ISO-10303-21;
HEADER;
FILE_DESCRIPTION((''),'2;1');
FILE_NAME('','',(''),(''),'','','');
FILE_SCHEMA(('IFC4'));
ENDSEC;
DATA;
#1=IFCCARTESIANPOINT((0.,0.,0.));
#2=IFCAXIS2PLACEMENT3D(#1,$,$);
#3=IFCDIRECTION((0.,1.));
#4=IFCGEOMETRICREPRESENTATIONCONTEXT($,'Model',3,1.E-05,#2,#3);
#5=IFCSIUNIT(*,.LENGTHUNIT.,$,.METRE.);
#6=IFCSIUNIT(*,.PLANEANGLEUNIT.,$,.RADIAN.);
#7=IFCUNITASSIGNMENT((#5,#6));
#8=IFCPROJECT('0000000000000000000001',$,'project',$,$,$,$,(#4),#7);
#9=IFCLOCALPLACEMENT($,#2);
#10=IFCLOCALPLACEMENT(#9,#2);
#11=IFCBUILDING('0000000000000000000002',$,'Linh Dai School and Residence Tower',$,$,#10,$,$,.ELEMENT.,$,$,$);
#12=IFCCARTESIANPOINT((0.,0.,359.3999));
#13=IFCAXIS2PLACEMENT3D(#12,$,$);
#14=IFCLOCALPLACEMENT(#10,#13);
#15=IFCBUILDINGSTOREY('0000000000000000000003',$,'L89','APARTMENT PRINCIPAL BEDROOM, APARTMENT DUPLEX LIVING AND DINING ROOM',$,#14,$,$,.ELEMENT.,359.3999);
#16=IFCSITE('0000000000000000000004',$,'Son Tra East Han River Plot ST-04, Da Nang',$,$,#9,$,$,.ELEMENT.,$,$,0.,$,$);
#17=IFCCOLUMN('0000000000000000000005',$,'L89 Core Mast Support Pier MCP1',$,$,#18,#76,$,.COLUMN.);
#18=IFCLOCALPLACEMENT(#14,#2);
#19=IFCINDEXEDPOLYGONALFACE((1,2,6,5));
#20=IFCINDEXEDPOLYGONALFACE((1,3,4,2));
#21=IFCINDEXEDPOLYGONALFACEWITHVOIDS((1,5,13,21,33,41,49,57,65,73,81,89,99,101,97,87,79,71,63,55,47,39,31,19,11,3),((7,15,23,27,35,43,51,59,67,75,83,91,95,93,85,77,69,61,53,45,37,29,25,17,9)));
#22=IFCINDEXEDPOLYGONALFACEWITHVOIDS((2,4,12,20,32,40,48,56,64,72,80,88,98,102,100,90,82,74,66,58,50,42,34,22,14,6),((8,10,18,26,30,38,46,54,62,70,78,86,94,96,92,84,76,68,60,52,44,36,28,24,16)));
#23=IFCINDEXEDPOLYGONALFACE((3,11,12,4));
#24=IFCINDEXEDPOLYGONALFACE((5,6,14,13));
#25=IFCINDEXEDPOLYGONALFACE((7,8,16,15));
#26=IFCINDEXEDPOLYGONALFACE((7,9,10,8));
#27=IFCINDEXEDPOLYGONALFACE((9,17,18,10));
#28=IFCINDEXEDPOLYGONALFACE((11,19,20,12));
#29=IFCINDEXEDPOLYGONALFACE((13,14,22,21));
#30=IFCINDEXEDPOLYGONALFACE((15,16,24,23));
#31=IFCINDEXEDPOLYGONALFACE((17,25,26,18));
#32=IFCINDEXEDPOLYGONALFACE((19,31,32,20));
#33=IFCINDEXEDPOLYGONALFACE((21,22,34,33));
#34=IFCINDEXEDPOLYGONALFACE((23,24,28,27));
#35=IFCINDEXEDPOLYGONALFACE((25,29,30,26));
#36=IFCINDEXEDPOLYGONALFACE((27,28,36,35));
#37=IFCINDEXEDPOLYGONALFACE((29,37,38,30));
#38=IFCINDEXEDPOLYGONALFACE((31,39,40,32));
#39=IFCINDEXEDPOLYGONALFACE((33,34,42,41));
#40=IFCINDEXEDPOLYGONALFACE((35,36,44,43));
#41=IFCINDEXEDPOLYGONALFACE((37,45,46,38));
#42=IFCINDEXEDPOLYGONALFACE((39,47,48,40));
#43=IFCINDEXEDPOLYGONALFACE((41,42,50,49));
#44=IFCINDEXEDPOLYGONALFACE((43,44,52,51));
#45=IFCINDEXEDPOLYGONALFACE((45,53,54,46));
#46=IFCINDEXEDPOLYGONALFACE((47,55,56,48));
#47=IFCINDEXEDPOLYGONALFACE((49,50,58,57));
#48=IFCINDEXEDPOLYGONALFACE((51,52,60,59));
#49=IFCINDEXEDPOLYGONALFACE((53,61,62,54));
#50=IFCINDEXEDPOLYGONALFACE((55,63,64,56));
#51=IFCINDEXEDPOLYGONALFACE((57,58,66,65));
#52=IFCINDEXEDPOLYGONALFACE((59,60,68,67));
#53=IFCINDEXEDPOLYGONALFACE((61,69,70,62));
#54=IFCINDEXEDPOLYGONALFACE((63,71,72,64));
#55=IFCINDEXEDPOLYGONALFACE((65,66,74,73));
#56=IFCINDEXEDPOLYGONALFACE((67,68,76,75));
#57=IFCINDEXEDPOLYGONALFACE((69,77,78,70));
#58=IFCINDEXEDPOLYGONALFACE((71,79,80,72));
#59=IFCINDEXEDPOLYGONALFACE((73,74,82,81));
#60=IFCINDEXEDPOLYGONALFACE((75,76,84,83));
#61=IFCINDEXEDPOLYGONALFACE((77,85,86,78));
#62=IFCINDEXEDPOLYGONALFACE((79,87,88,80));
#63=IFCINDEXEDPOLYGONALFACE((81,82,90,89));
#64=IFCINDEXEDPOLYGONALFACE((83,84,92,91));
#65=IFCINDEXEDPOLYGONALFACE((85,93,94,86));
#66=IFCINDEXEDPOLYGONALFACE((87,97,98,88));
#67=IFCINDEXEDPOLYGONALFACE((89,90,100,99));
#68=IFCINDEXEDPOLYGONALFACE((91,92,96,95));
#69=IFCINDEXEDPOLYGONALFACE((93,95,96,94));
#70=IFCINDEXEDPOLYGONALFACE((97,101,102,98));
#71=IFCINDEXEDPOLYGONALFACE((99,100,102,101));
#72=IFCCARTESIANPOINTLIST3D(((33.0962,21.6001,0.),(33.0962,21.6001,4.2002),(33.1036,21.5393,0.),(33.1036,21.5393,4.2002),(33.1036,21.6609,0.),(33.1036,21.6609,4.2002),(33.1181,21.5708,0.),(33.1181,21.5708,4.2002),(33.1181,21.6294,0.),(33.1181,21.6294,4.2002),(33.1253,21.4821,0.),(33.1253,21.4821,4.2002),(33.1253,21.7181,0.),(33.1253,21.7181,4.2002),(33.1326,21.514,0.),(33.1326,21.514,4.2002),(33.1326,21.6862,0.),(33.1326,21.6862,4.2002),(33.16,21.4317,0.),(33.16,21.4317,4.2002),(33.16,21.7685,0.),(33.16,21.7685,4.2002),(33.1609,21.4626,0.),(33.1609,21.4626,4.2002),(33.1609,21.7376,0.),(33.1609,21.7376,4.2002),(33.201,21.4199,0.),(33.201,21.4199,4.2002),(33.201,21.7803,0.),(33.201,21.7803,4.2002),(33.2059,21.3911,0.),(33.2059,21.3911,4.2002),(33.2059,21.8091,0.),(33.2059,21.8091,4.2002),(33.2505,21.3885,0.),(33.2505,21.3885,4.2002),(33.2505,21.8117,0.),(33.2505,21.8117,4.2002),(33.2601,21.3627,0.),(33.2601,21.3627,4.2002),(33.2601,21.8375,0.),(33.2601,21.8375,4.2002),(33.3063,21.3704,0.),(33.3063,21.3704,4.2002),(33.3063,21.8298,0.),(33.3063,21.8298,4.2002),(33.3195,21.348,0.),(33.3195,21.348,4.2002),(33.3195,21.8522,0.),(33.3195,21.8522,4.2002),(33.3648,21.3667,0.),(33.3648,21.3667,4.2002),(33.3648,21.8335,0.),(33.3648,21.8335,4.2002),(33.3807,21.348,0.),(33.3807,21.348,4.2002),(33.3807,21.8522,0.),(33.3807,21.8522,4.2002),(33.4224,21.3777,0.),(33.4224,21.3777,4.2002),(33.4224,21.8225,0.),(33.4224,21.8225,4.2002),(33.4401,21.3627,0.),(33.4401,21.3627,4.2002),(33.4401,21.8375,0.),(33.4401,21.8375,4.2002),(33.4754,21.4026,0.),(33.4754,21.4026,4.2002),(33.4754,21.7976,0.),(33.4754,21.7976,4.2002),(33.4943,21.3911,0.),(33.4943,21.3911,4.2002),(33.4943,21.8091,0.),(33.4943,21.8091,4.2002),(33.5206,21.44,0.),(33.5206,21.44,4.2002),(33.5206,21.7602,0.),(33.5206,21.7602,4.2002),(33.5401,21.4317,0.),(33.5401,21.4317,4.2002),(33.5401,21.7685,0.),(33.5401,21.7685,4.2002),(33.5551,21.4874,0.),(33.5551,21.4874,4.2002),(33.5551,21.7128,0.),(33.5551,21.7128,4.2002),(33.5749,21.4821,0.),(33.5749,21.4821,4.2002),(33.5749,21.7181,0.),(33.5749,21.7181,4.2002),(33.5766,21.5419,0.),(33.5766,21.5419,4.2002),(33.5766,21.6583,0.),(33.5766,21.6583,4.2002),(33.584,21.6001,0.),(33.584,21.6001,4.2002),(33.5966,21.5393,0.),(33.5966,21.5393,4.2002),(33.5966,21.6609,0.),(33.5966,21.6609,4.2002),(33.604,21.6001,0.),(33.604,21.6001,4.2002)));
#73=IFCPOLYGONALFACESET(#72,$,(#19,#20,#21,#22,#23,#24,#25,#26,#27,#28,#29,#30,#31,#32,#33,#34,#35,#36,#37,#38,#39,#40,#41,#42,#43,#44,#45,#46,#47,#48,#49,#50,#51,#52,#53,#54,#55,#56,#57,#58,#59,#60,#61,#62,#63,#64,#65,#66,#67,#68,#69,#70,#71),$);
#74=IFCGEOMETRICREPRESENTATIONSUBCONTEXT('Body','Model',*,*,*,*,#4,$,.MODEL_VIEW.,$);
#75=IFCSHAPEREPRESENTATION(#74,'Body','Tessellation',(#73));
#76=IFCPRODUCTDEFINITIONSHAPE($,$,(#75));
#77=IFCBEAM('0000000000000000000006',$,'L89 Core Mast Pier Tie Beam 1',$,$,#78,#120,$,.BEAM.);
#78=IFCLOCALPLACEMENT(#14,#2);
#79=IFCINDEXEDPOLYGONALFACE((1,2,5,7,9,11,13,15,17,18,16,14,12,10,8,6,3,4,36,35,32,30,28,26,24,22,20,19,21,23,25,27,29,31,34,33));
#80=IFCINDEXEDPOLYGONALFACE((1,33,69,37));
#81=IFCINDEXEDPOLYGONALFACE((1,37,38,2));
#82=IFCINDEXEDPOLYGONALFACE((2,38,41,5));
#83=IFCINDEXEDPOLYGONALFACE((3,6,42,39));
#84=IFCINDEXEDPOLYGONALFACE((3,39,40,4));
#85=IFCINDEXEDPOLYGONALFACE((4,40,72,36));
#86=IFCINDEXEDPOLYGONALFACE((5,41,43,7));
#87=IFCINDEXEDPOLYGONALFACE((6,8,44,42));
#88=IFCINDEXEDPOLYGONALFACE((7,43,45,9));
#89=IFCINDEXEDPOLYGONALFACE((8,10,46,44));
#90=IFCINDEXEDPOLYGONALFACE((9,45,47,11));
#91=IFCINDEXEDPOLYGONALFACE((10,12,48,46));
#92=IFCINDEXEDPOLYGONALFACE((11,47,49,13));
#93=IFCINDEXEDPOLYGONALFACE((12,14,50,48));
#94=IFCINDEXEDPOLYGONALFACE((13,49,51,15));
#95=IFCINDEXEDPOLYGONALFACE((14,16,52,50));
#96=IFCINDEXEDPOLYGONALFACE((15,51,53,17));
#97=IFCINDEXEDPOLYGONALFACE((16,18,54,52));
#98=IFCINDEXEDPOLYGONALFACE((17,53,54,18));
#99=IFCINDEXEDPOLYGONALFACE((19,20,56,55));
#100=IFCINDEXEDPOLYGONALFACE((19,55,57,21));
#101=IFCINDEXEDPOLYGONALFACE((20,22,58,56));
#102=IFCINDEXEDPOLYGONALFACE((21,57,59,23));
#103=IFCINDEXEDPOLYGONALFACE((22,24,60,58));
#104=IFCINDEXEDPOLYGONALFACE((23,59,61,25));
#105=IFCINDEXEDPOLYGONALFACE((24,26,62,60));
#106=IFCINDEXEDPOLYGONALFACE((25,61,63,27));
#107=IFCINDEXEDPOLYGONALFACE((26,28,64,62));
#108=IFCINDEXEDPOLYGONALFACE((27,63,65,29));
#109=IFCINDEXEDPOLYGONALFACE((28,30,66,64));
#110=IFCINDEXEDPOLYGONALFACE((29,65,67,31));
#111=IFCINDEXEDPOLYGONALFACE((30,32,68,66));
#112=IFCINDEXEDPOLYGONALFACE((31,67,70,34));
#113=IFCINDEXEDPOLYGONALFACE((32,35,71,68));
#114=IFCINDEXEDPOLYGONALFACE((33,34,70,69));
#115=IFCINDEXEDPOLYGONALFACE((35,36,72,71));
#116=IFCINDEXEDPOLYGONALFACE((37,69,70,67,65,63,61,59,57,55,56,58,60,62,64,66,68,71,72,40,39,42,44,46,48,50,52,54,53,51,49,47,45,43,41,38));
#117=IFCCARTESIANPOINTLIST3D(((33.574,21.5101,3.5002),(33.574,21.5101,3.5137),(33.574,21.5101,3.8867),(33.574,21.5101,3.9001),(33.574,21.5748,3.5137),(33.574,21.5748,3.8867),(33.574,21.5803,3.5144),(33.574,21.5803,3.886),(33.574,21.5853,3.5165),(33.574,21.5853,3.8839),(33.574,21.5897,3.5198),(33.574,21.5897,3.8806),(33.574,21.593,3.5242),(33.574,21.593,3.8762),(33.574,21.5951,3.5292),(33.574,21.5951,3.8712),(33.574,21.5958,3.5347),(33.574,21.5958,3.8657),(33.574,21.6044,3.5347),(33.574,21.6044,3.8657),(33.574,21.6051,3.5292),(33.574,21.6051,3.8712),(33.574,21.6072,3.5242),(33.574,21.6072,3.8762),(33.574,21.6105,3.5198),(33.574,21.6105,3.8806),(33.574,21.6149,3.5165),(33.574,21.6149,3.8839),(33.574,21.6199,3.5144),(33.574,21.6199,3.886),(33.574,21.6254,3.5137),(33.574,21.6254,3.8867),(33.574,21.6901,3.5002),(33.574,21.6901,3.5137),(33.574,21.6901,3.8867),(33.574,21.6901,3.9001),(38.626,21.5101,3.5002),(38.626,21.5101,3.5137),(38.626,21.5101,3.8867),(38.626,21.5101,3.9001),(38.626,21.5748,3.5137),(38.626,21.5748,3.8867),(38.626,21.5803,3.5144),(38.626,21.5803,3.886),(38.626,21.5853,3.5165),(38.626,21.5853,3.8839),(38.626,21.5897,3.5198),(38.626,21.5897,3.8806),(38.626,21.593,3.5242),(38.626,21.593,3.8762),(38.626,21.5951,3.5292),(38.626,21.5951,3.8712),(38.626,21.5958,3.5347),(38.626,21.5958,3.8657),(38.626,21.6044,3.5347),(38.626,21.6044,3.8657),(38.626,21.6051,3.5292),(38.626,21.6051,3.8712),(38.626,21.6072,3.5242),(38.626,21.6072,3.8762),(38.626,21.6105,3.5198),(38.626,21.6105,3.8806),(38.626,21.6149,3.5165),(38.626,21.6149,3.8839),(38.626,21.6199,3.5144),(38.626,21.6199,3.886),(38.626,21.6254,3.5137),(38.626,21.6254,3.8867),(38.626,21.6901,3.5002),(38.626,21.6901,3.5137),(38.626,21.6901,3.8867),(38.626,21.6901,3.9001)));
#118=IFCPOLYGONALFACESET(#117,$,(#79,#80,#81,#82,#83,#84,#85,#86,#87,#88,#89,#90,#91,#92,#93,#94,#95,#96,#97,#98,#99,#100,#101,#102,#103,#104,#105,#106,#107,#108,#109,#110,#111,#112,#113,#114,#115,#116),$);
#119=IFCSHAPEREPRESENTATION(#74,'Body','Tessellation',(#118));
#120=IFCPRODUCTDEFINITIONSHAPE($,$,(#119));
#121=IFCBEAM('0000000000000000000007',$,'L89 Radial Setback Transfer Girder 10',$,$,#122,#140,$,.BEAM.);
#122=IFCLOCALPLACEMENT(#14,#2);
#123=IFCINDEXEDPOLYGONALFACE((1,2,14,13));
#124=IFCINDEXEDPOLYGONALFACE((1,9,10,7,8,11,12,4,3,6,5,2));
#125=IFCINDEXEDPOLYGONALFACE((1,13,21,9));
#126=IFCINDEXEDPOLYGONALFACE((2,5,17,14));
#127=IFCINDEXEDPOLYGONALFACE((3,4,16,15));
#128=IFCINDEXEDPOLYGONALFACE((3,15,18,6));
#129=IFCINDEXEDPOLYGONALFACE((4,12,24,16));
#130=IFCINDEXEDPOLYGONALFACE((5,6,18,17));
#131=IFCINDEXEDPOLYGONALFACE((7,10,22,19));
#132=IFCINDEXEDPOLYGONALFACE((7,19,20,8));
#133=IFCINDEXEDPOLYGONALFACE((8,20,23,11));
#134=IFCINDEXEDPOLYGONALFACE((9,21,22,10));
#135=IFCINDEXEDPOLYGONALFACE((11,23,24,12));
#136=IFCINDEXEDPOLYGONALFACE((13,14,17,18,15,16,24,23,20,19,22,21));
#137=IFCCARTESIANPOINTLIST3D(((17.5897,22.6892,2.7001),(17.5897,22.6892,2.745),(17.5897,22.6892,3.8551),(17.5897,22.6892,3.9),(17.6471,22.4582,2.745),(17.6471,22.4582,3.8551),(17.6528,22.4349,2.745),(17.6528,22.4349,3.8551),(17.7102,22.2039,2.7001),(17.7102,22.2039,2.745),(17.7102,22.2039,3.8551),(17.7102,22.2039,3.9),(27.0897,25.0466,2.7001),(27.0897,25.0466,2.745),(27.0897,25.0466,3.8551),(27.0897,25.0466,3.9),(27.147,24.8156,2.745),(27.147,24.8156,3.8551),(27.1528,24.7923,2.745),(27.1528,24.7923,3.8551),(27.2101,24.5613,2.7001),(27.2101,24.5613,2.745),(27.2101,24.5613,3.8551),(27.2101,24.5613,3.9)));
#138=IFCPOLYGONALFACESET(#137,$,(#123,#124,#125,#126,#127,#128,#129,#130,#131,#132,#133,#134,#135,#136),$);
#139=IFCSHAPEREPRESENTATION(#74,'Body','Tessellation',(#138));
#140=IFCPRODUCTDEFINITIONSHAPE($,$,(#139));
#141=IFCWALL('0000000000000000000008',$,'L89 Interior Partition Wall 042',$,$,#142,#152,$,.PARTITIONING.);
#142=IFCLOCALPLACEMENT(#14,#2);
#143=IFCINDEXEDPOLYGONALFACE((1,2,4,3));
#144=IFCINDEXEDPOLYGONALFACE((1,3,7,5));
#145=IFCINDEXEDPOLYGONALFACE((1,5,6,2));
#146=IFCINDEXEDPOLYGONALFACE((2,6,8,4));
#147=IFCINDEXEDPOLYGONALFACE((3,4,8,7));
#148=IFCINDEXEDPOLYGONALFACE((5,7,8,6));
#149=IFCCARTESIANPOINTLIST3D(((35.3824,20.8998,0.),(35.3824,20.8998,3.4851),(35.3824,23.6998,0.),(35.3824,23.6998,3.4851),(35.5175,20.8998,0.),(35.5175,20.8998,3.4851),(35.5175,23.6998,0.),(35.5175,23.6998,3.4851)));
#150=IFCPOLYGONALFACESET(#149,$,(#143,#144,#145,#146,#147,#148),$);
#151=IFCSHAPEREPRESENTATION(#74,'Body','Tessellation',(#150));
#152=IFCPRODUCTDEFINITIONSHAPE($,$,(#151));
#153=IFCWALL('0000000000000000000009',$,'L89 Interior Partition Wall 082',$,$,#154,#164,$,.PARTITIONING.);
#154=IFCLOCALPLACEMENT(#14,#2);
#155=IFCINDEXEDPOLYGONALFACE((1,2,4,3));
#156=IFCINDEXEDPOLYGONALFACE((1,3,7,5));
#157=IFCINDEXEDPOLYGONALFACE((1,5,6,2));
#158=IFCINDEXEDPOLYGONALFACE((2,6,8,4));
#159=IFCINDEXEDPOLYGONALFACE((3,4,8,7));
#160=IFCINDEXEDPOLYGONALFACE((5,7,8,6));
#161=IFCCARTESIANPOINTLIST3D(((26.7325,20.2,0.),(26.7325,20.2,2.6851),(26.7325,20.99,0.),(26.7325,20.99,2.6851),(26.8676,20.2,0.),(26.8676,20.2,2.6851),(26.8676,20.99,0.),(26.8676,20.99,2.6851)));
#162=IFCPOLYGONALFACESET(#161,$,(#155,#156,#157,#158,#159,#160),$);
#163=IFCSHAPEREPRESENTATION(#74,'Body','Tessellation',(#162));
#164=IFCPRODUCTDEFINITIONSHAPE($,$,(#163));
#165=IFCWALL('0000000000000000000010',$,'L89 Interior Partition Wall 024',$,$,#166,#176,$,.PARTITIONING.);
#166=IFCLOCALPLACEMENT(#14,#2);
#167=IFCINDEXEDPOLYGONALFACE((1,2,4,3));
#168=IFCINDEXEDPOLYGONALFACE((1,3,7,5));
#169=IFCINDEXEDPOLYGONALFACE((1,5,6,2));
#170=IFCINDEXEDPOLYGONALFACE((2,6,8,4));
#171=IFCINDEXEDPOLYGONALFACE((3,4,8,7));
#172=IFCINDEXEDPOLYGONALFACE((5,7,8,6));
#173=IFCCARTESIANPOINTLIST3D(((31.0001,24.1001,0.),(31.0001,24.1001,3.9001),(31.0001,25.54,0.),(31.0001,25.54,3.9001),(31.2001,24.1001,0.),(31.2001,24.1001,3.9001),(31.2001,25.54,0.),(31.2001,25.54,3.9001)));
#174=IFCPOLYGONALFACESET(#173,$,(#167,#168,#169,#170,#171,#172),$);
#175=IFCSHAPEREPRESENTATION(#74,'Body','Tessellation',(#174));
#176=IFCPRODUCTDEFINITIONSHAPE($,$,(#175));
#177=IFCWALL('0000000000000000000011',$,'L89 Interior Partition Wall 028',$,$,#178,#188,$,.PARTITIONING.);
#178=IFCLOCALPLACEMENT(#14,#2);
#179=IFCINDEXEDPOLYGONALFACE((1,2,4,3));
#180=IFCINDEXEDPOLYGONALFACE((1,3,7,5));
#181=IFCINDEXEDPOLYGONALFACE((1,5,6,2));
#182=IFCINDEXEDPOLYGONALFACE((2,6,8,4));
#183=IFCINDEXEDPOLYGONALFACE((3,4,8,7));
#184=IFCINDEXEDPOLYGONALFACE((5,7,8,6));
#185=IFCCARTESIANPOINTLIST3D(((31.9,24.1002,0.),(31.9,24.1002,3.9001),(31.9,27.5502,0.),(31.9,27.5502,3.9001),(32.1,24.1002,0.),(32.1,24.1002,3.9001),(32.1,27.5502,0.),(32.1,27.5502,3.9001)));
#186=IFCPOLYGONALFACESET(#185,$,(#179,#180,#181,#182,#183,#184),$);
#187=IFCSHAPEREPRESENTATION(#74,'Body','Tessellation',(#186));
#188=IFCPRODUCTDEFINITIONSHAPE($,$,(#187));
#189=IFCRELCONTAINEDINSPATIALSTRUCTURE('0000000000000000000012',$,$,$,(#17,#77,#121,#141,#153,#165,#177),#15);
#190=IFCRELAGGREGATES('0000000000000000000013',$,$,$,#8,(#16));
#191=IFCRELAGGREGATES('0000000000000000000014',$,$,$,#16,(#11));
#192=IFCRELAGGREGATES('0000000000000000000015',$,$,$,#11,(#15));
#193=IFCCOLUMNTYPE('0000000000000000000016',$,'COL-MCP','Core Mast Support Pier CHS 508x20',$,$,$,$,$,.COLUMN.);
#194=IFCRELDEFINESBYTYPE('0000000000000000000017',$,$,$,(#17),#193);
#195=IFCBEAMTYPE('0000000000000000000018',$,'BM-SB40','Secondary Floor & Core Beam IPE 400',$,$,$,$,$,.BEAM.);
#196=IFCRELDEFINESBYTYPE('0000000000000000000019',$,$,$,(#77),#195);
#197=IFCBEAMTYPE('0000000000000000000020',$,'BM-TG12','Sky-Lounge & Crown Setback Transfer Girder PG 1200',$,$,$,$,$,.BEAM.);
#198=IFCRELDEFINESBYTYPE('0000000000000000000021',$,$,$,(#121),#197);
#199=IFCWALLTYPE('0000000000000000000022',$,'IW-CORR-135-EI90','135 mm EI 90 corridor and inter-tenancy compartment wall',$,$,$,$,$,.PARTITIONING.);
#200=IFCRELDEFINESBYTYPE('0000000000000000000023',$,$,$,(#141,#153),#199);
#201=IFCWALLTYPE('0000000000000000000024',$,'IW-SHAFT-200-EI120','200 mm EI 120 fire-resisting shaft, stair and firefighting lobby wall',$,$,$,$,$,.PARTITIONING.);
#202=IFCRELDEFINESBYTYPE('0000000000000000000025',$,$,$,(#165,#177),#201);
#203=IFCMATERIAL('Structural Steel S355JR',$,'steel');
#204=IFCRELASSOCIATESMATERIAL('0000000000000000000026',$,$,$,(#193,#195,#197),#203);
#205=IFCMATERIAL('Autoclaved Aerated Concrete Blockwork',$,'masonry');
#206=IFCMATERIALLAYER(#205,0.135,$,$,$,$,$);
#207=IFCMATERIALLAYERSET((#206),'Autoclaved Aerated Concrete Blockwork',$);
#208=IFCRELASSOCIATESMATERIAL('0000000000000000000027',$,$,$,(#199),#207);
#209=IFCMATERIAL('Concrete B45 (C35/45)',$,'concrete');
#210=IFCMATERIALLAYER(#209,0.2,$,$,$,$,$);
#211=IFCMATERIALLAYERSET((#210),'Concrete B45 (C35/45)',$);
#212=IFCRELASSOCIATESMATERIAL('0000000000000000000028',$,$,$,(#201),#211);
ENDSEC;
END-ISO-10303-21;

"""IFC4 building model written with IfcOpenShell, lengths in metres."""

from ifc_helpers import new_model, si_unit, direction, frame, frame_2d, origin, origin_2d, place, context, subcontext, project, spatial, rectangle, hollow_circle, i_section, extrude, material, layer, layer_set, material_profile, profile_set, type_object, element, save


model = new_model("IFC4")

# Units and contexts
model_context = context("Model", 3, precision=1e-05, world=origin(), true_north=direction((0.0, 1.0)))
body_context = subcontext(model_context, "Body", "Model", "MODEL_VIEW")
ifc_project = project(units=[si_unit("LENGTHUNIT", "METRE"), si_unit("PLANEANGLEUNIT", "RADIAN")], contexts=[model_context])

# Site, building, storey
site_placement = place(None, origin())
site = spatial("IfcSite", under=ifc_project, at=site_placement, Name="Son Tra East Han River Plot ST-04, Da Nang", CompositionType="ELEMENT", RefElevation=0.0)
building_placement = place(site_placement, origin())
building = spatial("IfcBuilding", under=site, at=building_placement, Name="Linh Dai School and Residence Tower", CompositionType="ELEMENT")
storey_placement = place(building_placement, frame((0.0, 0.0, 359.3999)))
storey = spatial("IfcBuildingStorey", under=building, at=storey_placement, Name="L89", Description="APARTMENT PRINCIPAL BEDROOM, APARTMENT DUPLEX LIVING AND DINING ROOM", CompositionType="ELEMENT", Elevation=359.3999)

# Column
ifc_material_1 = material(Name="Structural Steel S355JR", Category="steel")
ifc_material_profile_1 = material_profile(ifc_material_1, hollow_circle(Radius=0.2539, WallThickness=0.02, at=origin_2d()), Name="CHS 508x20")
ifc_profile_set_1 = profile_set([ifc_material_profile_1], Name="Structural Steel S355JR")
column_type = type_object("IfcColumnType", Name="COL-MCP", Description="Core Mast Support Pier CHS 508x20", PredefinedType="COLUMN", material=ifc_profile_set_1)
column_placement = place(storey_placement, frame((33.3501, 21.6001, 0.0), z_axis=(0.0, 0.0, 1.0), x_axis=(1.0, 0.0, 0.0)))
element("IfcColumn", 1, at=column_placement, inside=storey, type_object=column_type, Name="L89 Core Mast Support Pier MCP1", PredefinedType="COLUMN", context=body_context, shape_type="SweptSolid", body=[
    extrude(hollow_circle(Radius=0.2539, WallThickness=0.02, at=origin_2d()), origin(), (0.0, 0.0, 1.0), 4.2002),
])

# Beams
ifc_material_profile_2 = material_profile(ifc_material_1, i_section(OverallWidth=0.1799, OverallDepth=0.3999, WebThickness=0.0085, FlangeThickness=0.0134, FilletRadius=0.021, at=origin_2d()), Name="IPE 400")
ifc_profile_set_2 = profile_set([ifc_material_profile_2], Name="Structural Steel S355JR")
beam_type_1 = type_object("IfcBeamType", Name="BM-SB40", Description="Secondary Floor & Core Beam IPE 400", PredefinedType="BEAM", material=ifc_profile_set_2)
beam_1_placement = place(storey_placement, frame((33.574, 21.6001, 3.7002), z_axis=(1.0, 0.0, 0.0), x_axis=(0.0, 1.0, 0.0)))
element("IfcBeam", 2, at=beam_1_placement, inside=storey, type_object=beam_type_1, Name="L89 Core Mast Pier Tie Beam 1", PredefinedType="BEAM", context=body_context, shape_type="SweptSolid", body=[
    extrude(i_section(OverallWidth=0.1799, OverallDepth=0.3999, WebThickness=0.0085, FlangeThickness=0.0134, FilletRadius=0.021, at=origin_2d()), origin(), (0.0, 0.0, 1.0), 5.052),
])
ifc_material_profile_3 = material_profile(ifc_material_1, i_section(OverallWidth=0.5, OverallDepth=1.2, WebThickness=0.0239, FlangeThickness=0.0449, at=origin_2d()), Name="PG 1200x500x24x45")
ifc_profile_set_3 = profile_set([ifc_material_profile_3], Name="Structural Steel S355JR")
beam_type_2 = type_object("IfcBeamType", Name="BM-TG12", Description="Sky-Lounge & Crown Setback Transfer Girder PG 1200", PredefinedType="BEAM", material=ifc_profile_set_3)
beam_2_placement = place(storey_placement, frame((27.1499, 24.804, 3.3), z_axis=(-0.970564, -0.240845, 0.0), x_axis=(0.240845, -0.970564, 0.0)))
element("IfcBeam", 3, at=beam_2_placement, inside=storey, type_object=beam_type_2, Name="L89 Radial Setback Transfer Girder 10", PredefinedType="BEAM", context=body_context, shape_type="SweptSolid", body=[
    extrude(i_section(OverallWidth=0.5, OverallDepth=1.2, WebThickness=0.0239, FlangeThickness=0.0449, at=origin_2d()), origin(), (0.0, 0.0, 1.0), 9.7881),
])

# Wall
ifc_material_2 = material(Name="Autoclaved Aerated Concrete Blockwork", Category="masonry")
ifc_layer_1 = layer(ifc_material_2, 0.135)
ifc_layer_set_1 = layer_set([ifc_layer_1], Name="Autoclaved Aerated Concrete Blockwork")
wall_type_1 = type_object("IfcWallType", Name="IW-CORR-135-EI90", Description="135 mm EI 90 corridor and inter-tenancy compartment wall", PredefinedType="PARTITIONING", material=ifc_layer_set_1)
wall_1_placement = place(storey_placement, frame((35.45, 20.8999, 0.0), z_axis=(0.0, 0.0, 1.0), x_axis=(0.0, 1.0, 0.0)))
element("IfcWall", 4, at=wall_1_placement, inside=storey, type_object=wall_type_1, Name="L89 Interior Partition Wall 042", PredefinedType="PARTITIONING", context=body_context, shape_type="SweptSolid", body=[
    extrude(rectangle(XDim=2.8, YDim=0.135, at=frame_2d((1.3999, 0.0))), origin(), (0.0, 0.0, 1.0), 3.4851),
])

# Wall
wall_2_placement = place(storey_placement, frame((26.8, 20.99, 0.0), z_axis=(0.0, 0.0, 1.0), x_axis=(0.0, -1.0, 0.0)))
element("IfcWall", 5, at=wall_2_placement, inside=storey, type_object=wall_type_1, Name="L89 Interior Partition Wall 082", PredefinedType="PARTITIONING", context=body_context, shape_type="SweptSolid", body=[
    extrude(rectangle(XDim=0.79, YDim=0.135, at=frame_2d((0.395, 0.0))), origin(), (0.0, 0.0, 1.0), 2.6851),
])

# Shared definitions
ifc_material_3 = material(Name="Concrete B45 (C35/45)", Category="concrete")
ifc_layer_2 = layer(ifc_material_3, 0.2)
ifc_layer_set_2 = layer_set([ifc_layer_2], Name="Concrete B45 (C35/45)")
wall_type_2 = type_object("IfcWallType", Name="IW-SHAFT-200-EI120", Description="200 mm EI 120 fire-resisting shaft, stair and firefighting lobby wall", PredefinedType="PARTITIONING", material=ifc_layer_set_2)

# Walls
wall_3_placement = place(storey_placement, frame((31.1001, 24.1001, 0.0), z_axis=(0.0, 0.0, 1.0), x_axis=(0.0, 1.0, 0.0)))
element("IfcWall", 6, at=wall_3_placement, inside=storey, type_object=wall_type_2, Name="L89 Interior Partition Wall 024", PredefinedType="PARTITIONING", context=body_context, shape_type="SweptSolid", body=[
    extrude(rectangle(XDim=1.4399, YDim=0.2, at=frame_2d((0.72, 0.0))), origin(), (0.0, 0.0, 1.0), 3.9001),
])
wall_4_placement = place(storey_placement, frame((32.0, 24.1001, 0.0), z_axis=(0.0, 0.0, 1.0), x_axis=(0.0, 1.0, 0.0)))
element("IfcWall", 7, at=wall_4_placement, inside=storey, type_object=wall_type_2, Name="L89 Interior Partition Wall 028", PredefinedType="PARTITIONING", context=body_context, shape_type="SweptSolid", body=[
    extrude(rectangle(XDim=3.45, YDim=0.2, at=frame_2d((1.7251, 0.0))), origin(), (0.0, 0.0, 1.0), 3.9001),
])

save(model, "model.ifc")
